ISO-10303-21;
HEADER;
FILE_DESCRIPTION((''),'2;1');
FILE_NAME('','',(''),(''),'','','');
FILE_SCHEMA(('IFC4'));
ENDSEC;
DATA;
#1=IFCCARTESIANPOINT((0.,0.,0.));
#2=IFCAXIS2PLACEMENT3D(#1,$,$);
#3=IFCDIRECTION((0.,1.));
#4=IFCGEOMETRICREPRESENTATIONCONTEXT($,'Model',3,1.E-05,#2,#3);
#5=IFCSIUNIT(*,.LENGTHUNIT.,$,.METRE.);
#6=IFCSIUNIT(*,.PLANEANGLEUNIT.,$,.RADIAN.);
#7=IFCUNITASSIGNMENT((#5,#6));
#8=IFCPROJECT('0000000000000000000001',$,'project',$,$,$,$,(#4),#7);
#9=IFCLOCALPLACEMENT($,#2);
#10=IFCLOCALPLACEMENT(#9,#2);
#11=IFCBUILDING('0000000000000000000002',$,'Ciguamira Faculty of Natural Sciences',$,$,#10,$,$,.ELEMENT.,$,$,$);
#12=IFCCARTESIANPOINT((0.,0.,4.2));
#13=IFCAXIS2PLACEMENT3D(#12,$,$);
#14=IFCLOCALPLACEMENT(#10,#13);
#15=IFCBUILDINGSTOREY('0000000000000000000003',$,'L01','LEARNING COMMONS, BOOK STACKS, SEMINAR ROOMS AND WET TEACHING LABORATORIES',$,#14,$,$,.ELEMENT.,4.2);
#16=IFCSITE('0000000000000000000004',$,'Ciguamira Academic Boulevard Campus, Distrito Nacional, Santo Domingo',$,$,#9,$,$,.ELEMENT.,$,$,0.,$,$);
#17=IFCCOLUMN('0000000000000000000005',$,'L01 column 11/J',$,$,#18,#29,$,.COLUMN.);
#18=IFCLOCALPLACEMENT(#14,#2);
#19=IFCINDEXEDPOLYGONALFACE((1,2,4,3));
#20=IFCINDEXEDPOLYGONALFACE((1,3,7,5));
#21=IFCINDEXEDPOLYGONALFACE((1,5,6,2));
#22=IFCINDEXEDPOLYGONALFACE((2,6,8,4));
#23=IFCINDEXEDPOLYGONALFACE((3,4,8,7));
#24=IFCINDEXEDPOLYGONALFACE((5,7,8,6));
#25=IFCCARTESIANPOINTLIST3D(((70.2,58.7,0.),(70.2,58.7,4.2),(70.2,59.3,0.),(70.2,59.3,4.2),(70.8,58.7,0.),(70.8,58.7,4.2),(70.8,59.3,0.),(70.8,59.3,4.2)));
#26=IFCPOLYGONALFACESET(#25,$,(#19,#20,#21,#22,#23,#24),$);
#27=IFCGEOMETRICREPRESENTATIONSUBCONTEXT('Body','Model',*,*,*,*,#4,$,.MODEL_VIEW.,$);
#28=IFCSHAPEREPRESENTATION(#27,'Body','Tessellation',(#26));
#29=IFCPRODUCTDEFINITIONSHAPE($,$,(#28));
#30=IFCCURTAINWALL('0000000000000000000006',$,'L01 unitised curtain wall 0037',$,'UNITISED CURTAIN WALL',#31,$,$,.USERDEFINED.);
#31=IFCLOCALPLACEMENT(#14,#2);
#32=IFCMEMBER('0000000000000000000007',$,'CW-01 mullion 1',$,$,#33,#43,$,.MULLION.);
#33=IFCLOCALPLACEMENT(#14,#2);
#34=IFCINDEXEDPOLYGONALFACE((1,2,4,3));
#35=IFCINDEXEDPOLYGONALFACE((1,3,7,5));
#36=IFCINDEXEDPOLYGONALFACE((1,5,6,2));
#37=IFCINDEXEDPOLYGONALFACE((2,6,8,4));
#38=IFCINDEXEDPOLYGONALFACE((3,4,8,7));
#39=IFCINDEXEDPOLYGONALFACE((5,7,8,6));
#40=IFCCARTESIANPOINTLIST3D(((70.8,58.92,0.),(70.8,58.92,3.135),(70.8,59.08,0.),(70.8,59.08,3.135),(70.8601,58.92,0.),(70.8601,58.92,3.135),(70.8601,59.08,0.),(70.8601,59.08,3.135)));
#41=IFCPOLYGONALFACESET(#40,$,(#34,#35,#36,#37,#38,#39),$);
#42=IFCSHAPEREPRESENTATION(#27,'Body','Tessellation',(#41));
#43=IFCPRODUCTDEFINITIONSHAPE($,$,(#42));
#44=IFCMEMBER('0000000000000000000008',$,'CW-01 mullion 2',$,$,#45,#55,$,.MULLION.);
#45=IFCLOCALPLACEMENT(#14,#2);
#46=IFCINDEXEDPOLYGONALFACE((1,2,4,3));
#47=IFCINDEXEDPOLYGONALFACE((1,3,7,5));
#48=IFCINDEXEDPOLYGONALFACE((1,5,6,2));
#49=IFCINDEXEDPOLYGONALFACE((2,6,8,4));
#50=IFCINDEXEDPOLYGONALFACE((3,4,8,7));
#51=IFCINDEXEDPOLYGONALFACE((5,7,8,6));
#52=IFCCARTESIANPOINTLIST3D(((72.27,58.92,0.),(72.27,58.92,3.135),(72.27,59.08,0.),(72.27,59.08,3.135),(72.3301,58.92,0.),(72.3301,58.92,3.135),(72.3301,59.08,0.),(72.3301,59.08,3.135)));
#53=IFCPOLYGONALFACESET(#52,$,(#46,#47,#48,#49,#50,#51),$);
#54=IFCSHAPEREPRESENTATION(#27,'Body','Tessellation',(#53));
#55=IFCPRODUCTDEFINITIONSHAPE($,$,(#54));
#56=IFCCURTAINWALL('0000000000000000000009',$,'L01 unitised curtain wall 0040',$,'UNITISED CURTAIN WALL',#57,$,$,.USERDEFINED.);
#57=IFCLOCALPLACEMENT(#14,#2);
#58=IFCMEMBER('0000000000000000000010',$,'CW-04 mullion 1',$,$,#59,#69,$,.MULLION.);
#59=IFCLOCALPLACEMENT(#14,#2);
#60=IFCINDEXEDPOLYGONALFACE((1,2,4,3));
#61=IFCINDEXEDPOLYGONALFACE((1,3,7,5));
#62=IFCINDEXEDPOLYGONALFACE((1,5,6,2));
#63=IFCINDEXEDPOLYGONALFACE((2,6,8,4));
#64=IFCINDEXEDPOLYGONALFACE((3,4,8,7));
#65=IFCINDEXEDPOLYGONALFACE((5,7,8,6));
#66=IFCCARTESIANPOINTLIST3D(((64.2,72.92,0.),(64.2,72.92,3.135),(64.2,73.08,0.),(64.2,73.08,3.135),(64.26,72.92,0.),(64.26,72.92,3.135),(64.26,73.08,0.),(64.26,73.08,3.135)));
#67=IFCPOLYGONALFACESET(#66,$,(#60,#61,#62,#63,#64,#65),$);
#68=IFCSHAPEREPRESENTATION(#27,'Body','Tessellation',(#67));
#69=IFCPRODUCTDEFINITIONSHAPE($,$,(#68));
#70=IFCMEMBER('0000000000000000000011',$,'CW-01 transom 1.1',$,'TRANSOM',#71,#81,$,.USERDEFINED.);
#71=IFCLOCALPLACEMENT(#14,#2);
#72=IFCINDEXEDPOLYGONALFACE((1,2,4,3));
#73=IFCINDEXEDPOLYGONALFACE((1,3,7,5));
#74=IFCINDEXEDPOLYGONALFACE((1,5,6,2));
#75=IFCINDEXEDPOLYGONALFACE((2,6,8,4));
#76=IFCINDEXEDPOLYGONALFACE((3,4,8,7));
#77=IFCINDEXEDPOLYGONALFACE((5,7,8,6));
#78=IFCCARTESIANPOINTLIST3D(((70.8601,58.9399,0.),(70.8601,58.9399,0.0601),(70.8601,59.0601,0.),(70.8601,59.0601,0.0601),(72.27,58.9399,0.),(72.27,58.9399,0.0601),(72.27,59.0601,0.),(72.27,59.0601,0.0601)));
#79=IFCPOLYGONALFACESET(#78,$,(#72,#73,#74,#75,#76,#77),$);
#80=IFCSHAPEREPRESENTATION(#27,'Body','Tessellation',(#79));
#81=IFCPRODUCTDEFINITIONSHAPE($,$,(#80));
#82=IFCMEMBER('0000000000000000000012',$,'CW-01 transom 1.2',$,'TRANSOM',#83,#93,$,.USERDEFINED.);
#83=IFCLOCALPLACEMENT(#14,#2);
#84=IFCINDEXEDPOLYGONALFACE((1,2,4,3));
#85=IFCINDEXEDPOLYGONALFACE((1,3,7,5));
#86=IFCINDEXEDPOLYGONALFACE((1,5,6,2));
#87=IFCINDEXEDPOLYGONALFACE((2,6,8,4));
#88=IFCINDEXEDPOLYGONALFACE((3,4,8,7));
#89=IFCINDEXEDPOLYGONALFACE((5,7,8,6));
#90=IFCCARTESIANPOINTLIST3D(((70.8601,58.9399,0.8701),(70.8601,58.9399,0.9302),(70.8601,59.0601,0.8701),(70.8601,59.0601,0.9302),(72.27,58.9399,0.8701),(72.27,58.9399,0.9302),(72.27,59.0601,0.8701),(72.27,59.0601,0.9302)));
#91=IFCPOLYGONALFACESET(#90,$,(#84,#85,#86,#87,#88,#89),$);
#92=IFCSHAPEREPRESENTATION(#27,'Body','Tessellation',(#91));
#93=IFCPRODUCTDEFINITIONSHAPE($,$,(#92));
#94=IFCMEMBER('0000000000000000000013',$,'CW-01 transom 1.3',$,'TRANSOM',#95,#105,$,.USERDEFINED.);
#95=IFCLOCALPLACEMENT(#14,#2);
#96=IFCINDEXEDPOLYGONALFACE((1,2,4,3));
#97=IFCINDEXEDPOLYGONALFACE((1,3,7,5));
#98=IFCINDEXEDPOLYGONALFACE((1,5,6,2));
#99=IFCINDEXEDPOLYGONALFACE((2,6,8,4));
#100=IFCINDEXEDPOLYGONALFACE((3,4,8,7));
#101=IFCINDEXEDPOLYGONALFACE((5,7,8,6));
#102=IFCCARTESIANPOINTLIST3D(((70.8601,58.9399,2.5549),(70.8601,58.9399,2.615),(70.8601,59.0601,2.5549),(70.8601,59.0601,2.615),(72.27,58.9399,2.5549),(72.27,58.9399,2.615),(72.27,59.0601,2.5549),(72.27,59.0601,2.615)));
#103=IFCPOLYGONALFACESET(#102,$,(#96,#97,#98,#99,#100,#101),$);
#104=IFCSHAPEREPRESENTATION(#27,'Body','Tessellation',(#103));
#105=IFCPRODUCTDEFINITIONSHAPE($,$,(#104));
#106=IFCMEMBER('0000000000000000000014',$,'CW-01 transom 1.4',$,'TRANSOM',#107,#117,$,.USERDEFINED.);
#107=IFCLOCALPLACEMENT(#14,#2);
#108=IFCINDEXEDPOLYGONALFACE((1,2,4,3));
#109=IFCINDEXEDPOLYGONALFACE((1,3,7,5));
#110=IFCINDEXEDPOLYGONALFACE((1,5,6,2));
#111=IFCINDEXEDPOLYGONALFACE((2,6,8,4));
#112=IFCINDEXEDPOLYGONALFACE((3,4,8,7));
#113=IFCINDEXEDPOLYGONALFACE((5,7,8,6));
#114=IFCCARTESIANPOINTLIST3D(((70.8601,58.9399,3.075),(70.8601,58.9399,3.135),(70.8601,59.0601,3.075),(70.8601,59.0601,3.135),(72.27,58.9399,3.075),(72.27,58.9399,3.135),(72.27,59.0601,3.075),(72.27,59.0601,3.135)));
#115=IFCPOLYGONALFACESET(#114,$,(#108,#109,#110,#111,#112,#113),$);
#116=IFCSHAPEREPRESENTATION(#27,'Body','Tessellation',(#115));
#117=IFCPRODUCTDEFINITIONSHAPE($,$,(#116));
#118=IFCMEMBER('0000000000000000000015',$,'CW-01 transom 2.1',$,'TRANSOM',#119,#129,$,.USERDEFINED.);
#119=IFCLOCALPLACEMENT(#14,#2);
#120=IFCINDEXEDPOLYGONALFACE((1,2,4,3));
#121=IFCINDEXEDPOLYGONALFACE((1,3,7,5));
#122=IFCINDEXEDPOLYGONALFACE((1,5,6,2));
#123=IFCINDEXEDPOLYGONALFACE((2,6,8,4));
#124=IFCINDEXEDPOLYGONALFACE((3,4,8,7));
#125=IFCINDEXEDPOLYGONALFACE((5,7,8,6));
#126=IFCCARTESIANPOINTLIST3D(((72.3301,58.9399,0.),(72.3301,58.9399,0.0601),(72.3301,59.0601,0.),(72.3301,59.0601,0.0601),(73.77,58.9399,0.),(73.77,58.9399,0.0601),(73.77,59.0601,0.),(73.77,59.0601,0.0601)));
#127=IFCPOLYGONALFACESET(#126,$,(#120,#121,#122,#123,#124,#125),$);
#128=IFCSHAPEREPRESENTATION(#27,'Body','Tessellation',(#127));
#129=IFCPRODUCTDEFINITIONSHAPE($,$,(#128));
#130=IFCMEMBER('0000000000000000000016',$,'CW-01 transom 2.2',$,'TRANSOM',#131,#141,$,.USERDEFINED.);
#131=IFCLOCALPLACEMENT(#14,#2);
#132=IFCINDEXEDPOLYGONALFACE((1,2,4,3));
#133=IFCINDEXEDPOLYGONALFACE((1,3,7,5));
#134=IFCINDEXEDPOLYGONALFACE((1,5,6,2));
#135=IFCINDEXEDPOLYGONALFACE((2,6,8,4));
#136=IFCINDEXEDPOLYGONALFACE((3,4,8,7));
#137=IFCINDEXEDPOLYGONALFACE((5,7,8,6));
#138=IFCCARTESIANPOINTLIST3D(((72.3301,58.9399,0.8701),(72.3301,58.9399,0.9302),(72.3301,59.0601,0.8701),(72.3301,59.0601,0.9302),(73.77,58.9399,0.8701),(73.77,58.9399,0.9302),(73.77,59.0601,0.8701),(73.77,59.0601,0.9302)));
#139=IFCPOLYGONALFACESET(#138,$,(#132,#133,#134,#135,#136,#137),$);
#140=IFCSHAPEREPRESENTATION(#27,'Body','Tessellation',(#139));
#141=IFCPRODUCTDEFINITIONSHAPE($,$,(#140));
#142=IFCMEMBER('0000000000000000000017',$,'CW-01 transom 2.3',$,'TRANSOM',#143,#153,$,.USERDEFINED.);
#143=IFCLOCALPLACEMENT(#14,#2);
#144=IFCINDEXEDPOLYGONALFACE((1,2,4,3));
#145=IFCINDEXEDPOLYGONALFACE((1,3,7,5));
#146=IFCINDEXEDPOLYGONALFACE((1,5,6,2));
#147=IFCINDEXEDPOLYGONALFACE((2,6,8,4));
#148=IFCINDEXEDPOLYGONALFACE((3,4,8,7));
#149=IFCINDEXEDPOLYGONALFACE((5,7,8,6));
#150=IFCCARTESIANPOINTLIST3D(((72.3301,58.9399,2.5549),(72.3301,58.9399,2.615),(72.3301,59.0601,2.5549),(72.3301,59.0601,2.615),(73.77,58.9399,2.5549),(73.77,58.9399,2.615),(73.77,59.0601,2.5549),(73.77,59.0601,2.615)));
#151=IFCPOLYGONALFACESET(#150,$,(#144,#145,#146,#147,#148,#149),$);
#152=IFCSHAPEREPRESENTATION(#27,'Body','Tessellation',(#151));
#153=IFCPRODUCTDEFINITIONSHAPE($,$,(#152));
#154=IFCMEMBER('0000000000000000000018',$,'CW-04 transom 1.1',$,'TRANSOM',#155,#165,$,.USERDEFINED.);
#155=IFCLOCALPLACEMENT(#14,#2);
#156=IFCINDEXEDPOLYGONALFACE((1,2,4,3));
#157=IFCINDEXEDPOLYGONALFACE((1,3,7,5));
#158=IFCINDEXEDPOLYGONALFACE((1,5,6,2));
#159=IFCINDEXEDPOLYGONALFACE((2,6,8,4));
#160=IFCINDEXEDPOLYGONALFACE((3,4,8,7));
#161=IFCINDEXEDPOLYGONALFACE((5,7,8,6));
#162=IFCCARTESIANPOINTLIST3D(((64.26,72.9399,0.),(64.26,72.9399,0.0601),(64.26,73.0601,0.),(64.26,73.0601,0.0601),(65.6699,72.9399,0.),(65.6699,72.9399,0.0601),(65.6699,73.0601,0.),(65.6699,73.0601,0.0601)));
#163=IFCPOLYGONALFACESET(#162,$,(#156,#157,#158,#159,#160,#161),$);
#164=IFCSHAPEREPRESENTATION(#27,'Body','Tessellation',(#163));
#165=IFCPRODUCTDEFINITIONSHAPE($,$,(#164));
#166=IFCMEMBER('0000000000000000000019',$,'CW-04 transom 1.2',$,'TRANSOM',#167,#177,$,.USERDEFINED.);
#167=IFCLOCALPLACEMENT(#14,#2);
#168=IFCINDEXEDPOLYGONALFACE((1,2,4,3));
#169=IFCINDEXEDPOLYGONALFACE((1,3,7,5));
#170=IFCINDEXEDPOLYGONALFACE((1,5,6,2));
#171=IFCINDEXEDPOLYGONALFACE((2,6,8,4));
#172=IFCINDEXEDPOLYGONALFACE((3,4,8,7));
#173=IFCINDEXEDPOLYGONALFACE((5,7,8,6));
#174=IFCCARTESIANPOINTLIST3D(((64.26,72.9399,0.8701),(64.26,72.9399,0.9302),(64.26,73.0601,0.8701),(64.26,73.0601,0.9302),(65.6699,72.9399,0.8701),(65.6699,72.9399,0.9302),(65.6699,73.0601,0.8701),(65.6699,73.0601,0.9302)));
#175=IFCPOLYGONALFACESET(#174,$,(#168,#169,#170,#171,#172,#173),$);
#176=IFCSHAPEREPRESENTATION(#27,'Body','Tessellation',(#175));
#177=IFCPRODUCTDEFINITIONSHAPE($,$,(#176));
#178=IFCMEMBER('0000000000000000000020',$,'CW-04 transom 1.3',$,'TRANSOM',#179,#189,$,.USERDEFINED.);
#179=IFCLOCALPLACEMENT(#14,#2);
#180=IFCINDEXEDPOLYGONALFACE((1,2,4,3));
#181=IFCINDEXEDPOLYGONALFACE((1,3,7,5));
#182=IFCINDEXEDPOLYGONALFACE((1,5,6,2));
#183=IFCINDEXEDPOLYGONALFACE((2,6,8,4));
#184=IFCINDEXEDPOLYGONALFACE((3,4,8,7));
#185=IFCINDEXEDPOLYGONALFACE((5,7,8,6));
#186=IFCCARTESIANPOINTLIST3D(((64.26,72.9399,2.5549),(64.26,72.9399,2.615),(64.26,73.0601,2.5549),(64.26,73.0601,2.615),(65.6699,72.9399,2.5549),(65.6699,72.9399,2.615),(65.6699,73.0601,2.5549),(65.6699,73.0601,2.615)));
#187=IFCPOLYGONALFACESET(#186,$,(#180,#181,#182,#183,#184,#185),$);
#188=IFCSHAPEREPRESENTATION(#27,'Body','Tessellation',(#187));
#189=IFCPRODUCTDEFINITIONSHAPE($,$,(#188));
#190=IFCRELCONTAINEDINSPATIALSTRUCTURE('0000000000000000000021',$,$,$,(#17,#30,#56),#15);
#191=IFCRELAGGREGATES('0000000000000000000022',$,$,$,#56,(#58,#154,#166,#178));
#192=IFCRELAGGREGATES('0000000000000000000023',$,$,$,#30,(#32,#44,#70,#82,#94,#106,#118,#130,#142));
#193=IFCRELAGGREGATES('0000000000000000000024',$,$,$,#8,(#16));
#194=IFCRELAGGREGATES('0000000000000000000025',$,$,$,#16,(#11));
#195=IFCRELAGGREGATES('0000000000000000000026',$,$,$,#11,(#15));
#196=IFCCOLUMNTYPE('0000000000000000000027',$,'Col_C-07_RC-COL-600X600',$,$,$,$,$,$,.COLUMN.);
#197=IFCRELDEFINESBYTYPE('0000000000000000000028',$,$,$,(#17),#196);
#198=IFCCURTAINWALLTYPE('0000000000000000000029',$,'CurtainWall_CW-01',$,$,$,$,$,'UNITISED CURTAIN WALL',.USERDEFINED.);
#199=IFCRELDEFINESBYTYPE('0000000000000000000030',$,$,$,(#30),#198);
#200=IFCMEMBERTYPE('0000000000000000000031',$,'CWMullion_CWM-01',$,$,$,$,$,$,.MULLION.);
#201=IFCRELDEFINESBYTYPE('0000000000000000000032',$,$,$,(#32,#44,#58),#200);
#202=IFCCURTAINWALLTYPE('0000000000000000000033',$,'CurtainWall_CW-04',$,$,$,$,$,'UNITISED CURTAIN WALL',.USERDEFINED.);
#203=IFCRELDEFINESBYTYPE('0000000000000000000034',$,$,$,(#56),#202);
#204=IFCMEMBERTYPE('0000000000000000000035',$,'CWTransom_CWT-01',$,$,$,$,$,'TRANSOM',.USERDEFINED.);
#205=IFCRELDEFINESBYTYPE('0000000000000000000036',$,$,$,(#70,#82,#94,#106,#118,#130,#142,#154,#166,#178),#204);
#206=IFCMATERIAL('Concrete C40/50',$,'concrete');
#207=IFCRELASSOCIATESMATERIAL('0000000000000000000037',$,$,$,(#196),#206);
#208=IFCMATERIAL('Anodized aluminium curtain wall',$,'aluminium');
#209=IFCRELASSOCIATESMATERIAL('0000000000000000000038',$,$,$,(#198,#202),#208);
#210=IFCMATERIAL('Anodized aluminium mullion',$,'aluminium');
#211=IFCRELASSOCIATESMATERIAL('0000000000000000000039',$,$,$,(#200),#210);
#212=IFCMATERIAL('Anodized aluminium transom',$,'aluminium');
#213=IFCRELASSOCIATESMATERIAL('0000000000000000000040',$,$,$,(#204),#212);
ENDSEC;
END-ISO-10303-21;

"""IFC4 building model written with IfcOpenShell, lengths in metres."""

from ifc_helpers import new_model, si_unit, direction, frame, origin, origin_2d, place, context, subcontext, project, spatial, rectangle, extrude, material, material_profile, profile_set, type_object, element, aggregate, save


model = new_model("IFC4")

# Units and contexts
model_context = context("Model", 3, precision=1e-05, world=origin(), true_north=direction((0.0, 1.0)))
body_context = subcontext(model_context, "Body", "Model", "MODEL_VIEW")
ifc_project = project(units=[si_unit("LENGTHUNIT", "METRE"), si_unit("PLANEANGLEUNIT", "RADIAN")], contexts=[model_context])

# Site, building, storey
site_placement = place(None, origin())
site = spatial("IfcSite", under=ifc_project, at=site_placement, Name="Ciguamira Academic Boulevard Campus, Distrito Nacional, Santo Domingo", CompositionType="ELEMENT", RefElevation=0.0)
building_placement = place(site_placement, origin())
building = spatial("IfcBuilding", under=site, at=building_placement, Name="Ciguamira Faculty of Natural Sciences", CompositionType="ELEMENT")
storey_placement = place(building_placement, frame((0.0, 0.0, 4.2)))
storey = spatial("IfcBuildingStorey", under=building, at=storey_placement, Name="L01", Description="LEARNING COMMONS, BOOK STACKS, SEMINAR ROOMS AND WET TEACHING LABORATORIES", CompositionType="ELEMENT", Elevation=4.2)

# Column
ifc_material_1 = material(Name="Concrete C40/50", Category="concrete")
ifc_material_profile_1 = material_profile(ifc_material_1, rectangle(XDim=0.6001, YDim=0.6001, at=origin_2d()), Name="RC-COL-600X600")
ifc_profile_set_1 = profile_set([ifc_material_profile_1], Name="Concrete C40/50")
column_type = type_object("IfcColumnType", Name="Col_C-07_RC-COL-600X600", PredefinedType="COLUMN", material=ifc_profile_set_1)
column_placement = place(storey_placement, frame((70.5, 59.0, 0.0), z_axis=(0.0, 0.0, 1.0), x_axis=(1.0, 0.0, 0.0)))
element("IfcColumn", 1, at=column_placement, inside=storey, type_object=column_type, Name="L01 column 11/J", PredefinedType="COLUMN", context=body_context, shape_type="SweptSolid", body=[
    extrude(rectangle(XDim=0.6001, YDim=0.6001, at=origin_2d()), origin(), (0.0, 0.0, 1.0), 4.2),
])

# Curtain wall, members
ifc_material_2 = material(Name="Anodized aluminium curtain wall", Category="aluminium")
curtain_wall_type_1 = type_object("IfcCurtainWallType", Name="CurtainWall_CW-01", ElementType="UNITISED CURTAIN WALL", PredefinedType="USERDEFINED", material=ifc_material_2)
curtain_wall_1_placement = place(storey_placement, origin())
curtain_wall_1 = element("IfcCurtainWall", 2, at=curtain_wall_1_placement, inside=storey, type_object=curtain_wall_type_1, Name="L01 unitised curtain wall 0037", ObjectType="UNITISED CURTAIN WALL", PredefinedType="USERDEFINED")
ifc_material_3 = material(Name="Anodized aluminium mullion", Category="aluminium")
ifc_material_profile_2 = material_profile(ifc_material_3, rectangle(XDim=0.0601, YDim=0.1599, at=origin_2d()), Name="ALU-MUL-60X160")
ifc_profile_set_2 = profile_set([ifc_material_profile_2], Name="Anodized aluminium mullion")
member_type_1 = type_object("IfcMemberType", Name="CWMullion_CWM-01", PredefinedType="MULLION", material=ifc_profile_set_2)
member_1_placement = place(storey_placement, frame((70.8301, 59.0, 0.0), z_axis=(0.0, 0.0, 1.0), x_axis=(1.0, 0.0, 0.0)))
member_1 = element("IfcMember", 3, at=member_1_placement, type_object=member_type_1, Name="CW-01 mullion 1", PredefinedType="MULLION", context=body_context, shape_type="SweptSolid", body=[
    extrude(rectangle(XDim=0.0601, YDim=0.1599, at=origin_2d()), origin(), (0.0, 0.0, 1.0), 3.135),
])
member_2_placement = place(storey_placement, frame((72.3, 59.0, 0.0), z_axis=(0.0, 0.0, 1.0), x_axis=(1.0, 0.0, 0.0)))
member_2 = element("IfcMember", 4, at=member_2_placement, type_object=member_type_1, Name="CW-01 mullion 2", PredefinedType="MULLION", context=body_context, shape_type="SweptSolid", body=[
    extrude(rectangle(XDim=0.0601, YDim=0.1599, at=origin_2d()), origin(), (0.0, 0.0, 1.0), 3.135),
])

# Curtain wall, member
curtain_wall_type_2 = type_object("IfcCurtainWallType", Name="CurtainWall_CW-04", ElementType="UNITISED CURTAIN WALL", PredefinedType="USERDEFINED", material=ifc_material_2)
curtain_wall_2_placement = place(storey_placement, origin())
curtain_wall_2 = element("IfcCurtainWall", 5, at=curtain_wall_2_placement, inside=storey, type_object=curtain_wall_type_2, Name="L01 unitised curtain wall 0040", ObjectType="UNITISED CURTAIN WALL", PredefinedType="USERDEFINED")
member_3_placement = place(storey_placement, frame((64.23, 73.0, 0.0), z_axis=(0.0, 0.0, 1.0), x_axis=(1.0, 0.0, 0.0)))
member_3 = element("IfcMember", 6, at=member_3_placement, type_object=member_type_1, Name="CW-04 mullion 1", PredefinedType="MULLION", context=body_context, shape_type="SweptSolid", body=[
    extrude(rectangle(XDim=0.0601, YDim=0.1599, at=origin_2d()), origin(), (0.0, 0.0, 1.0), 3.135),
])

# Members
ifc_material_4 = material(Name="Anodized aluminium transom", Category="aluminium")
ifc_material_profile_3 = material_profile(ifc_material_4, rectangle(XDim=0.0601, YDim=0.1201, at=origin_2d()), Name="ALU-TRN-60X120")
ifc_profile_set_3 = profile_set([ifc_material_profile_3], Name="Anodized aluminium transom")
member_type_2 = type_object("IfcMemberType", Name="CWTransom_CWT-01", ElementType="TRANSOM", PredefinedType="USERDEFINED", material=ifc_profile_set_3)
member_4_placement = place(storey_placement, frame((70.8601, 59.0, 0.03), z_axis=(1.0, 0.0, 0.0), x_axis=(0.0, 0.0, 1.0)))
member_4 = element("IfcMember", 7, at=member_4_placement, type_object=member_type_2, Name="CW-01 transom 1.1", ObjectType="TRANSOM", PredefinedType="USERDEFINED", context=body_context, shape_type="SweptSolid", body=[
    extrude(rectangle(XDim=0.0601, YDim=0.1201, at=origin_2d()), origin(), (0.0, 0.0, 1.0), 1.4099),
])
member_5_placement = place(storey_placement, frame((70.8601, 59.0, 0.9001), z_axis=(1.0, 0.0, 0.0), x_axis=(0.0, 0.0, 1.0)))
member_5 = element("IfcMember", 8, at=member_5_placement, type_object=member_type_2, Name="CW-01 transom 1.2", ObjectType="TRANSOM", PredefinedType="USERDEFINED", context=body_context, shape_type="SweptSolid", body=[
    extrude(rectangle(XDim=0.0601, YDim=0.1201, at=origin_2d()), origin(), (0.0, 0.0, 1.0), 1.4099),
])
member_6_placement = place(storey_placement, frame((70.8601, 59.0, 2.585), z_axis=(1.0, 0.0, 0.0), x_axis=(0.0, 0.0, 1.0)))
member_6 = element("IfcMember", 9, at=member_6_placement, type_object=member_type_2, Name="CW-01 transom 1.3", ObjectType="TRANSOM", PredefinedType="USERDEFINED", context=body_context, shape_type="SweptSolid", body=[
    extrude(rectangle(XDim=0.0601, YDim=0.1201, at=origin_2d()), origin(), (0.0, 0.0, 1.0), 1.4099),
])
member_7_placement = place(storey_placement, frame((70.8601, 59.0, 3.105), z_axis=(1.0, 0.0, 0.0), x_axis=(0.0, 0.0, 1.0)))
member_7 = element("IfcMember", 10, at=member_7_placement, type_object=member_type_2, Name="CW-01 transom 1.4", ObjectType="TRANSOM", PredefinedType="USERDEFINED", context=body_context, shape_type="SweptSolid", body=[
    extrude(rectangle(XDim=0.0601, YDim=0.1201, at=origin_2d()), origin(), (0.0, 0.0, 1.0), 1.4099),
])
member_8_placement = place(storey_placement, frame((72.3301, 59.0, 0.03), z_axis=(1.0, 0.0, 0.0), x_axis=(0.0, 0.0, 1.0)))
member_8 = element("IfcMember", 11, at=member_8_placement, type_object=member_type_2, Name="CW-01 transom 2.1", ObjectType="TRANSOM", PredefinedType="USERDEFINED", context=body_context, shape_type="SweptSolid", body=[
    extrude(rectangle(XDim=0.0601, YDim=0.1201, at=origin_2d()), origin(), (0.0, 0.0, 1.0), 1.4399),
])
member_9_placement = place(storey_placement, frame((72.3301, 59.0, 0.9001), z_axis=(1.0, 0.0, 0.0), x_axis=(0.0, 0.0, 1.0)))
member_9 = element("IfcMember", 12, at=member_9_placement, type_object=member_type_2, Name="CW-01 transom 2.2", ObjectType="TRANSOM", PredefinedType="USERDEFINED", context=body_context, shape_type="SweptSolid", body=[
    extrude(rectangle(XDim=0.0601, YDim=0.1201, at=origin_2d()), origin(), (0.0, 0.0, 1.0), 1.4399),
])
member_10_placement = place(storey_placement, frame((72.3301, 59.0, 2.585), z_axis=(1.0, 0.0, 0.0), x_axis=(0.0, 0.0, 1.0)))
member_10 = element("IfcMember", 13, at=member_10_placement, type_object=member_type_2, Name="CW-01 transom 2.3", ObjectType="TRANSOM", PredefinedType="USERDEFINED", context=body_context, shape_type="SweptSolid", body=[
    extrude(rectangle(XDim=0.0601, YDim=0.1201, at=origin_2d()), origin(), (0.0, 0.0, 1.0), 1.4399),
])
member_11_placement = place(storey_placement, frame((64.26, 73.0, 0.03), z_axis=(1.0, 0.0, 0.0), x_axis=(0.0, 0.0, 1.0)))
member_11 = element("IfcMember", 14, at=member_11_placement, type_object=member_type_2, Name="CW-04 transom 1.1", ObjectType="TRANSOM", PredefinedType="USERDEFINED", context=body_context, shape_type="SweptSolid", body=[
    extrude(rectangle(XDim=0.0601, YDim=0.1201, at=origin_2d()), origin(), (0.0, 0.0, 1.0), 1.4099),
])
member_12_placement = place(storey_placement, frame((64.26, 73.0, 0.9001), z_axis=(1.0, 0.0, 0.0), x_axis=(0.0, 0.0, 1.0)))
member_12 = element("IfcMember", 15, at=member_12_placement, type_object=member_type_2, Name="CW-04 transom 1.2", ObjectType="TRANSOM", PredefinedType="USERDEFINED", context=body_context, shape_type="SweptSolid", body=[
    extrude(rectangle(XDim=0.0601, YDim=0.1201, at=origin_2d()), origin(), (0.0, 0.0, 1.0), 1.4099),
])
member_13_placement = place(storey_placement, frame((64.26, 73.0, 2.585), z_axis=(1.0, 0.0, 0.0), x_axis=(0.0, 0.0, 1.0)))
member_13 = element("IfcMember", 16, at=member_13_placement, type_object=member_type_2, Name="CW-04 transom 1.3", ObjectType="TRANSOM", PredefinedType="USERDEFINED", context=body_context, shape_type="SweptSolid", body=[
    extrude(rectangle(XDim=0.0601, YDim=0.1201, at=origin_2d()), origin(), (0.0, 0.0, 1.0), 1.4099),
])
aggregate(curtain_wall_2, [member_3, member_11, member_12, member_13])

aggregate(curtain_wall_1, [member_1, member_2, member_4, member_5, member_6, member_7, member_8, member_9, member_10])

save(model, "model.ifc")
